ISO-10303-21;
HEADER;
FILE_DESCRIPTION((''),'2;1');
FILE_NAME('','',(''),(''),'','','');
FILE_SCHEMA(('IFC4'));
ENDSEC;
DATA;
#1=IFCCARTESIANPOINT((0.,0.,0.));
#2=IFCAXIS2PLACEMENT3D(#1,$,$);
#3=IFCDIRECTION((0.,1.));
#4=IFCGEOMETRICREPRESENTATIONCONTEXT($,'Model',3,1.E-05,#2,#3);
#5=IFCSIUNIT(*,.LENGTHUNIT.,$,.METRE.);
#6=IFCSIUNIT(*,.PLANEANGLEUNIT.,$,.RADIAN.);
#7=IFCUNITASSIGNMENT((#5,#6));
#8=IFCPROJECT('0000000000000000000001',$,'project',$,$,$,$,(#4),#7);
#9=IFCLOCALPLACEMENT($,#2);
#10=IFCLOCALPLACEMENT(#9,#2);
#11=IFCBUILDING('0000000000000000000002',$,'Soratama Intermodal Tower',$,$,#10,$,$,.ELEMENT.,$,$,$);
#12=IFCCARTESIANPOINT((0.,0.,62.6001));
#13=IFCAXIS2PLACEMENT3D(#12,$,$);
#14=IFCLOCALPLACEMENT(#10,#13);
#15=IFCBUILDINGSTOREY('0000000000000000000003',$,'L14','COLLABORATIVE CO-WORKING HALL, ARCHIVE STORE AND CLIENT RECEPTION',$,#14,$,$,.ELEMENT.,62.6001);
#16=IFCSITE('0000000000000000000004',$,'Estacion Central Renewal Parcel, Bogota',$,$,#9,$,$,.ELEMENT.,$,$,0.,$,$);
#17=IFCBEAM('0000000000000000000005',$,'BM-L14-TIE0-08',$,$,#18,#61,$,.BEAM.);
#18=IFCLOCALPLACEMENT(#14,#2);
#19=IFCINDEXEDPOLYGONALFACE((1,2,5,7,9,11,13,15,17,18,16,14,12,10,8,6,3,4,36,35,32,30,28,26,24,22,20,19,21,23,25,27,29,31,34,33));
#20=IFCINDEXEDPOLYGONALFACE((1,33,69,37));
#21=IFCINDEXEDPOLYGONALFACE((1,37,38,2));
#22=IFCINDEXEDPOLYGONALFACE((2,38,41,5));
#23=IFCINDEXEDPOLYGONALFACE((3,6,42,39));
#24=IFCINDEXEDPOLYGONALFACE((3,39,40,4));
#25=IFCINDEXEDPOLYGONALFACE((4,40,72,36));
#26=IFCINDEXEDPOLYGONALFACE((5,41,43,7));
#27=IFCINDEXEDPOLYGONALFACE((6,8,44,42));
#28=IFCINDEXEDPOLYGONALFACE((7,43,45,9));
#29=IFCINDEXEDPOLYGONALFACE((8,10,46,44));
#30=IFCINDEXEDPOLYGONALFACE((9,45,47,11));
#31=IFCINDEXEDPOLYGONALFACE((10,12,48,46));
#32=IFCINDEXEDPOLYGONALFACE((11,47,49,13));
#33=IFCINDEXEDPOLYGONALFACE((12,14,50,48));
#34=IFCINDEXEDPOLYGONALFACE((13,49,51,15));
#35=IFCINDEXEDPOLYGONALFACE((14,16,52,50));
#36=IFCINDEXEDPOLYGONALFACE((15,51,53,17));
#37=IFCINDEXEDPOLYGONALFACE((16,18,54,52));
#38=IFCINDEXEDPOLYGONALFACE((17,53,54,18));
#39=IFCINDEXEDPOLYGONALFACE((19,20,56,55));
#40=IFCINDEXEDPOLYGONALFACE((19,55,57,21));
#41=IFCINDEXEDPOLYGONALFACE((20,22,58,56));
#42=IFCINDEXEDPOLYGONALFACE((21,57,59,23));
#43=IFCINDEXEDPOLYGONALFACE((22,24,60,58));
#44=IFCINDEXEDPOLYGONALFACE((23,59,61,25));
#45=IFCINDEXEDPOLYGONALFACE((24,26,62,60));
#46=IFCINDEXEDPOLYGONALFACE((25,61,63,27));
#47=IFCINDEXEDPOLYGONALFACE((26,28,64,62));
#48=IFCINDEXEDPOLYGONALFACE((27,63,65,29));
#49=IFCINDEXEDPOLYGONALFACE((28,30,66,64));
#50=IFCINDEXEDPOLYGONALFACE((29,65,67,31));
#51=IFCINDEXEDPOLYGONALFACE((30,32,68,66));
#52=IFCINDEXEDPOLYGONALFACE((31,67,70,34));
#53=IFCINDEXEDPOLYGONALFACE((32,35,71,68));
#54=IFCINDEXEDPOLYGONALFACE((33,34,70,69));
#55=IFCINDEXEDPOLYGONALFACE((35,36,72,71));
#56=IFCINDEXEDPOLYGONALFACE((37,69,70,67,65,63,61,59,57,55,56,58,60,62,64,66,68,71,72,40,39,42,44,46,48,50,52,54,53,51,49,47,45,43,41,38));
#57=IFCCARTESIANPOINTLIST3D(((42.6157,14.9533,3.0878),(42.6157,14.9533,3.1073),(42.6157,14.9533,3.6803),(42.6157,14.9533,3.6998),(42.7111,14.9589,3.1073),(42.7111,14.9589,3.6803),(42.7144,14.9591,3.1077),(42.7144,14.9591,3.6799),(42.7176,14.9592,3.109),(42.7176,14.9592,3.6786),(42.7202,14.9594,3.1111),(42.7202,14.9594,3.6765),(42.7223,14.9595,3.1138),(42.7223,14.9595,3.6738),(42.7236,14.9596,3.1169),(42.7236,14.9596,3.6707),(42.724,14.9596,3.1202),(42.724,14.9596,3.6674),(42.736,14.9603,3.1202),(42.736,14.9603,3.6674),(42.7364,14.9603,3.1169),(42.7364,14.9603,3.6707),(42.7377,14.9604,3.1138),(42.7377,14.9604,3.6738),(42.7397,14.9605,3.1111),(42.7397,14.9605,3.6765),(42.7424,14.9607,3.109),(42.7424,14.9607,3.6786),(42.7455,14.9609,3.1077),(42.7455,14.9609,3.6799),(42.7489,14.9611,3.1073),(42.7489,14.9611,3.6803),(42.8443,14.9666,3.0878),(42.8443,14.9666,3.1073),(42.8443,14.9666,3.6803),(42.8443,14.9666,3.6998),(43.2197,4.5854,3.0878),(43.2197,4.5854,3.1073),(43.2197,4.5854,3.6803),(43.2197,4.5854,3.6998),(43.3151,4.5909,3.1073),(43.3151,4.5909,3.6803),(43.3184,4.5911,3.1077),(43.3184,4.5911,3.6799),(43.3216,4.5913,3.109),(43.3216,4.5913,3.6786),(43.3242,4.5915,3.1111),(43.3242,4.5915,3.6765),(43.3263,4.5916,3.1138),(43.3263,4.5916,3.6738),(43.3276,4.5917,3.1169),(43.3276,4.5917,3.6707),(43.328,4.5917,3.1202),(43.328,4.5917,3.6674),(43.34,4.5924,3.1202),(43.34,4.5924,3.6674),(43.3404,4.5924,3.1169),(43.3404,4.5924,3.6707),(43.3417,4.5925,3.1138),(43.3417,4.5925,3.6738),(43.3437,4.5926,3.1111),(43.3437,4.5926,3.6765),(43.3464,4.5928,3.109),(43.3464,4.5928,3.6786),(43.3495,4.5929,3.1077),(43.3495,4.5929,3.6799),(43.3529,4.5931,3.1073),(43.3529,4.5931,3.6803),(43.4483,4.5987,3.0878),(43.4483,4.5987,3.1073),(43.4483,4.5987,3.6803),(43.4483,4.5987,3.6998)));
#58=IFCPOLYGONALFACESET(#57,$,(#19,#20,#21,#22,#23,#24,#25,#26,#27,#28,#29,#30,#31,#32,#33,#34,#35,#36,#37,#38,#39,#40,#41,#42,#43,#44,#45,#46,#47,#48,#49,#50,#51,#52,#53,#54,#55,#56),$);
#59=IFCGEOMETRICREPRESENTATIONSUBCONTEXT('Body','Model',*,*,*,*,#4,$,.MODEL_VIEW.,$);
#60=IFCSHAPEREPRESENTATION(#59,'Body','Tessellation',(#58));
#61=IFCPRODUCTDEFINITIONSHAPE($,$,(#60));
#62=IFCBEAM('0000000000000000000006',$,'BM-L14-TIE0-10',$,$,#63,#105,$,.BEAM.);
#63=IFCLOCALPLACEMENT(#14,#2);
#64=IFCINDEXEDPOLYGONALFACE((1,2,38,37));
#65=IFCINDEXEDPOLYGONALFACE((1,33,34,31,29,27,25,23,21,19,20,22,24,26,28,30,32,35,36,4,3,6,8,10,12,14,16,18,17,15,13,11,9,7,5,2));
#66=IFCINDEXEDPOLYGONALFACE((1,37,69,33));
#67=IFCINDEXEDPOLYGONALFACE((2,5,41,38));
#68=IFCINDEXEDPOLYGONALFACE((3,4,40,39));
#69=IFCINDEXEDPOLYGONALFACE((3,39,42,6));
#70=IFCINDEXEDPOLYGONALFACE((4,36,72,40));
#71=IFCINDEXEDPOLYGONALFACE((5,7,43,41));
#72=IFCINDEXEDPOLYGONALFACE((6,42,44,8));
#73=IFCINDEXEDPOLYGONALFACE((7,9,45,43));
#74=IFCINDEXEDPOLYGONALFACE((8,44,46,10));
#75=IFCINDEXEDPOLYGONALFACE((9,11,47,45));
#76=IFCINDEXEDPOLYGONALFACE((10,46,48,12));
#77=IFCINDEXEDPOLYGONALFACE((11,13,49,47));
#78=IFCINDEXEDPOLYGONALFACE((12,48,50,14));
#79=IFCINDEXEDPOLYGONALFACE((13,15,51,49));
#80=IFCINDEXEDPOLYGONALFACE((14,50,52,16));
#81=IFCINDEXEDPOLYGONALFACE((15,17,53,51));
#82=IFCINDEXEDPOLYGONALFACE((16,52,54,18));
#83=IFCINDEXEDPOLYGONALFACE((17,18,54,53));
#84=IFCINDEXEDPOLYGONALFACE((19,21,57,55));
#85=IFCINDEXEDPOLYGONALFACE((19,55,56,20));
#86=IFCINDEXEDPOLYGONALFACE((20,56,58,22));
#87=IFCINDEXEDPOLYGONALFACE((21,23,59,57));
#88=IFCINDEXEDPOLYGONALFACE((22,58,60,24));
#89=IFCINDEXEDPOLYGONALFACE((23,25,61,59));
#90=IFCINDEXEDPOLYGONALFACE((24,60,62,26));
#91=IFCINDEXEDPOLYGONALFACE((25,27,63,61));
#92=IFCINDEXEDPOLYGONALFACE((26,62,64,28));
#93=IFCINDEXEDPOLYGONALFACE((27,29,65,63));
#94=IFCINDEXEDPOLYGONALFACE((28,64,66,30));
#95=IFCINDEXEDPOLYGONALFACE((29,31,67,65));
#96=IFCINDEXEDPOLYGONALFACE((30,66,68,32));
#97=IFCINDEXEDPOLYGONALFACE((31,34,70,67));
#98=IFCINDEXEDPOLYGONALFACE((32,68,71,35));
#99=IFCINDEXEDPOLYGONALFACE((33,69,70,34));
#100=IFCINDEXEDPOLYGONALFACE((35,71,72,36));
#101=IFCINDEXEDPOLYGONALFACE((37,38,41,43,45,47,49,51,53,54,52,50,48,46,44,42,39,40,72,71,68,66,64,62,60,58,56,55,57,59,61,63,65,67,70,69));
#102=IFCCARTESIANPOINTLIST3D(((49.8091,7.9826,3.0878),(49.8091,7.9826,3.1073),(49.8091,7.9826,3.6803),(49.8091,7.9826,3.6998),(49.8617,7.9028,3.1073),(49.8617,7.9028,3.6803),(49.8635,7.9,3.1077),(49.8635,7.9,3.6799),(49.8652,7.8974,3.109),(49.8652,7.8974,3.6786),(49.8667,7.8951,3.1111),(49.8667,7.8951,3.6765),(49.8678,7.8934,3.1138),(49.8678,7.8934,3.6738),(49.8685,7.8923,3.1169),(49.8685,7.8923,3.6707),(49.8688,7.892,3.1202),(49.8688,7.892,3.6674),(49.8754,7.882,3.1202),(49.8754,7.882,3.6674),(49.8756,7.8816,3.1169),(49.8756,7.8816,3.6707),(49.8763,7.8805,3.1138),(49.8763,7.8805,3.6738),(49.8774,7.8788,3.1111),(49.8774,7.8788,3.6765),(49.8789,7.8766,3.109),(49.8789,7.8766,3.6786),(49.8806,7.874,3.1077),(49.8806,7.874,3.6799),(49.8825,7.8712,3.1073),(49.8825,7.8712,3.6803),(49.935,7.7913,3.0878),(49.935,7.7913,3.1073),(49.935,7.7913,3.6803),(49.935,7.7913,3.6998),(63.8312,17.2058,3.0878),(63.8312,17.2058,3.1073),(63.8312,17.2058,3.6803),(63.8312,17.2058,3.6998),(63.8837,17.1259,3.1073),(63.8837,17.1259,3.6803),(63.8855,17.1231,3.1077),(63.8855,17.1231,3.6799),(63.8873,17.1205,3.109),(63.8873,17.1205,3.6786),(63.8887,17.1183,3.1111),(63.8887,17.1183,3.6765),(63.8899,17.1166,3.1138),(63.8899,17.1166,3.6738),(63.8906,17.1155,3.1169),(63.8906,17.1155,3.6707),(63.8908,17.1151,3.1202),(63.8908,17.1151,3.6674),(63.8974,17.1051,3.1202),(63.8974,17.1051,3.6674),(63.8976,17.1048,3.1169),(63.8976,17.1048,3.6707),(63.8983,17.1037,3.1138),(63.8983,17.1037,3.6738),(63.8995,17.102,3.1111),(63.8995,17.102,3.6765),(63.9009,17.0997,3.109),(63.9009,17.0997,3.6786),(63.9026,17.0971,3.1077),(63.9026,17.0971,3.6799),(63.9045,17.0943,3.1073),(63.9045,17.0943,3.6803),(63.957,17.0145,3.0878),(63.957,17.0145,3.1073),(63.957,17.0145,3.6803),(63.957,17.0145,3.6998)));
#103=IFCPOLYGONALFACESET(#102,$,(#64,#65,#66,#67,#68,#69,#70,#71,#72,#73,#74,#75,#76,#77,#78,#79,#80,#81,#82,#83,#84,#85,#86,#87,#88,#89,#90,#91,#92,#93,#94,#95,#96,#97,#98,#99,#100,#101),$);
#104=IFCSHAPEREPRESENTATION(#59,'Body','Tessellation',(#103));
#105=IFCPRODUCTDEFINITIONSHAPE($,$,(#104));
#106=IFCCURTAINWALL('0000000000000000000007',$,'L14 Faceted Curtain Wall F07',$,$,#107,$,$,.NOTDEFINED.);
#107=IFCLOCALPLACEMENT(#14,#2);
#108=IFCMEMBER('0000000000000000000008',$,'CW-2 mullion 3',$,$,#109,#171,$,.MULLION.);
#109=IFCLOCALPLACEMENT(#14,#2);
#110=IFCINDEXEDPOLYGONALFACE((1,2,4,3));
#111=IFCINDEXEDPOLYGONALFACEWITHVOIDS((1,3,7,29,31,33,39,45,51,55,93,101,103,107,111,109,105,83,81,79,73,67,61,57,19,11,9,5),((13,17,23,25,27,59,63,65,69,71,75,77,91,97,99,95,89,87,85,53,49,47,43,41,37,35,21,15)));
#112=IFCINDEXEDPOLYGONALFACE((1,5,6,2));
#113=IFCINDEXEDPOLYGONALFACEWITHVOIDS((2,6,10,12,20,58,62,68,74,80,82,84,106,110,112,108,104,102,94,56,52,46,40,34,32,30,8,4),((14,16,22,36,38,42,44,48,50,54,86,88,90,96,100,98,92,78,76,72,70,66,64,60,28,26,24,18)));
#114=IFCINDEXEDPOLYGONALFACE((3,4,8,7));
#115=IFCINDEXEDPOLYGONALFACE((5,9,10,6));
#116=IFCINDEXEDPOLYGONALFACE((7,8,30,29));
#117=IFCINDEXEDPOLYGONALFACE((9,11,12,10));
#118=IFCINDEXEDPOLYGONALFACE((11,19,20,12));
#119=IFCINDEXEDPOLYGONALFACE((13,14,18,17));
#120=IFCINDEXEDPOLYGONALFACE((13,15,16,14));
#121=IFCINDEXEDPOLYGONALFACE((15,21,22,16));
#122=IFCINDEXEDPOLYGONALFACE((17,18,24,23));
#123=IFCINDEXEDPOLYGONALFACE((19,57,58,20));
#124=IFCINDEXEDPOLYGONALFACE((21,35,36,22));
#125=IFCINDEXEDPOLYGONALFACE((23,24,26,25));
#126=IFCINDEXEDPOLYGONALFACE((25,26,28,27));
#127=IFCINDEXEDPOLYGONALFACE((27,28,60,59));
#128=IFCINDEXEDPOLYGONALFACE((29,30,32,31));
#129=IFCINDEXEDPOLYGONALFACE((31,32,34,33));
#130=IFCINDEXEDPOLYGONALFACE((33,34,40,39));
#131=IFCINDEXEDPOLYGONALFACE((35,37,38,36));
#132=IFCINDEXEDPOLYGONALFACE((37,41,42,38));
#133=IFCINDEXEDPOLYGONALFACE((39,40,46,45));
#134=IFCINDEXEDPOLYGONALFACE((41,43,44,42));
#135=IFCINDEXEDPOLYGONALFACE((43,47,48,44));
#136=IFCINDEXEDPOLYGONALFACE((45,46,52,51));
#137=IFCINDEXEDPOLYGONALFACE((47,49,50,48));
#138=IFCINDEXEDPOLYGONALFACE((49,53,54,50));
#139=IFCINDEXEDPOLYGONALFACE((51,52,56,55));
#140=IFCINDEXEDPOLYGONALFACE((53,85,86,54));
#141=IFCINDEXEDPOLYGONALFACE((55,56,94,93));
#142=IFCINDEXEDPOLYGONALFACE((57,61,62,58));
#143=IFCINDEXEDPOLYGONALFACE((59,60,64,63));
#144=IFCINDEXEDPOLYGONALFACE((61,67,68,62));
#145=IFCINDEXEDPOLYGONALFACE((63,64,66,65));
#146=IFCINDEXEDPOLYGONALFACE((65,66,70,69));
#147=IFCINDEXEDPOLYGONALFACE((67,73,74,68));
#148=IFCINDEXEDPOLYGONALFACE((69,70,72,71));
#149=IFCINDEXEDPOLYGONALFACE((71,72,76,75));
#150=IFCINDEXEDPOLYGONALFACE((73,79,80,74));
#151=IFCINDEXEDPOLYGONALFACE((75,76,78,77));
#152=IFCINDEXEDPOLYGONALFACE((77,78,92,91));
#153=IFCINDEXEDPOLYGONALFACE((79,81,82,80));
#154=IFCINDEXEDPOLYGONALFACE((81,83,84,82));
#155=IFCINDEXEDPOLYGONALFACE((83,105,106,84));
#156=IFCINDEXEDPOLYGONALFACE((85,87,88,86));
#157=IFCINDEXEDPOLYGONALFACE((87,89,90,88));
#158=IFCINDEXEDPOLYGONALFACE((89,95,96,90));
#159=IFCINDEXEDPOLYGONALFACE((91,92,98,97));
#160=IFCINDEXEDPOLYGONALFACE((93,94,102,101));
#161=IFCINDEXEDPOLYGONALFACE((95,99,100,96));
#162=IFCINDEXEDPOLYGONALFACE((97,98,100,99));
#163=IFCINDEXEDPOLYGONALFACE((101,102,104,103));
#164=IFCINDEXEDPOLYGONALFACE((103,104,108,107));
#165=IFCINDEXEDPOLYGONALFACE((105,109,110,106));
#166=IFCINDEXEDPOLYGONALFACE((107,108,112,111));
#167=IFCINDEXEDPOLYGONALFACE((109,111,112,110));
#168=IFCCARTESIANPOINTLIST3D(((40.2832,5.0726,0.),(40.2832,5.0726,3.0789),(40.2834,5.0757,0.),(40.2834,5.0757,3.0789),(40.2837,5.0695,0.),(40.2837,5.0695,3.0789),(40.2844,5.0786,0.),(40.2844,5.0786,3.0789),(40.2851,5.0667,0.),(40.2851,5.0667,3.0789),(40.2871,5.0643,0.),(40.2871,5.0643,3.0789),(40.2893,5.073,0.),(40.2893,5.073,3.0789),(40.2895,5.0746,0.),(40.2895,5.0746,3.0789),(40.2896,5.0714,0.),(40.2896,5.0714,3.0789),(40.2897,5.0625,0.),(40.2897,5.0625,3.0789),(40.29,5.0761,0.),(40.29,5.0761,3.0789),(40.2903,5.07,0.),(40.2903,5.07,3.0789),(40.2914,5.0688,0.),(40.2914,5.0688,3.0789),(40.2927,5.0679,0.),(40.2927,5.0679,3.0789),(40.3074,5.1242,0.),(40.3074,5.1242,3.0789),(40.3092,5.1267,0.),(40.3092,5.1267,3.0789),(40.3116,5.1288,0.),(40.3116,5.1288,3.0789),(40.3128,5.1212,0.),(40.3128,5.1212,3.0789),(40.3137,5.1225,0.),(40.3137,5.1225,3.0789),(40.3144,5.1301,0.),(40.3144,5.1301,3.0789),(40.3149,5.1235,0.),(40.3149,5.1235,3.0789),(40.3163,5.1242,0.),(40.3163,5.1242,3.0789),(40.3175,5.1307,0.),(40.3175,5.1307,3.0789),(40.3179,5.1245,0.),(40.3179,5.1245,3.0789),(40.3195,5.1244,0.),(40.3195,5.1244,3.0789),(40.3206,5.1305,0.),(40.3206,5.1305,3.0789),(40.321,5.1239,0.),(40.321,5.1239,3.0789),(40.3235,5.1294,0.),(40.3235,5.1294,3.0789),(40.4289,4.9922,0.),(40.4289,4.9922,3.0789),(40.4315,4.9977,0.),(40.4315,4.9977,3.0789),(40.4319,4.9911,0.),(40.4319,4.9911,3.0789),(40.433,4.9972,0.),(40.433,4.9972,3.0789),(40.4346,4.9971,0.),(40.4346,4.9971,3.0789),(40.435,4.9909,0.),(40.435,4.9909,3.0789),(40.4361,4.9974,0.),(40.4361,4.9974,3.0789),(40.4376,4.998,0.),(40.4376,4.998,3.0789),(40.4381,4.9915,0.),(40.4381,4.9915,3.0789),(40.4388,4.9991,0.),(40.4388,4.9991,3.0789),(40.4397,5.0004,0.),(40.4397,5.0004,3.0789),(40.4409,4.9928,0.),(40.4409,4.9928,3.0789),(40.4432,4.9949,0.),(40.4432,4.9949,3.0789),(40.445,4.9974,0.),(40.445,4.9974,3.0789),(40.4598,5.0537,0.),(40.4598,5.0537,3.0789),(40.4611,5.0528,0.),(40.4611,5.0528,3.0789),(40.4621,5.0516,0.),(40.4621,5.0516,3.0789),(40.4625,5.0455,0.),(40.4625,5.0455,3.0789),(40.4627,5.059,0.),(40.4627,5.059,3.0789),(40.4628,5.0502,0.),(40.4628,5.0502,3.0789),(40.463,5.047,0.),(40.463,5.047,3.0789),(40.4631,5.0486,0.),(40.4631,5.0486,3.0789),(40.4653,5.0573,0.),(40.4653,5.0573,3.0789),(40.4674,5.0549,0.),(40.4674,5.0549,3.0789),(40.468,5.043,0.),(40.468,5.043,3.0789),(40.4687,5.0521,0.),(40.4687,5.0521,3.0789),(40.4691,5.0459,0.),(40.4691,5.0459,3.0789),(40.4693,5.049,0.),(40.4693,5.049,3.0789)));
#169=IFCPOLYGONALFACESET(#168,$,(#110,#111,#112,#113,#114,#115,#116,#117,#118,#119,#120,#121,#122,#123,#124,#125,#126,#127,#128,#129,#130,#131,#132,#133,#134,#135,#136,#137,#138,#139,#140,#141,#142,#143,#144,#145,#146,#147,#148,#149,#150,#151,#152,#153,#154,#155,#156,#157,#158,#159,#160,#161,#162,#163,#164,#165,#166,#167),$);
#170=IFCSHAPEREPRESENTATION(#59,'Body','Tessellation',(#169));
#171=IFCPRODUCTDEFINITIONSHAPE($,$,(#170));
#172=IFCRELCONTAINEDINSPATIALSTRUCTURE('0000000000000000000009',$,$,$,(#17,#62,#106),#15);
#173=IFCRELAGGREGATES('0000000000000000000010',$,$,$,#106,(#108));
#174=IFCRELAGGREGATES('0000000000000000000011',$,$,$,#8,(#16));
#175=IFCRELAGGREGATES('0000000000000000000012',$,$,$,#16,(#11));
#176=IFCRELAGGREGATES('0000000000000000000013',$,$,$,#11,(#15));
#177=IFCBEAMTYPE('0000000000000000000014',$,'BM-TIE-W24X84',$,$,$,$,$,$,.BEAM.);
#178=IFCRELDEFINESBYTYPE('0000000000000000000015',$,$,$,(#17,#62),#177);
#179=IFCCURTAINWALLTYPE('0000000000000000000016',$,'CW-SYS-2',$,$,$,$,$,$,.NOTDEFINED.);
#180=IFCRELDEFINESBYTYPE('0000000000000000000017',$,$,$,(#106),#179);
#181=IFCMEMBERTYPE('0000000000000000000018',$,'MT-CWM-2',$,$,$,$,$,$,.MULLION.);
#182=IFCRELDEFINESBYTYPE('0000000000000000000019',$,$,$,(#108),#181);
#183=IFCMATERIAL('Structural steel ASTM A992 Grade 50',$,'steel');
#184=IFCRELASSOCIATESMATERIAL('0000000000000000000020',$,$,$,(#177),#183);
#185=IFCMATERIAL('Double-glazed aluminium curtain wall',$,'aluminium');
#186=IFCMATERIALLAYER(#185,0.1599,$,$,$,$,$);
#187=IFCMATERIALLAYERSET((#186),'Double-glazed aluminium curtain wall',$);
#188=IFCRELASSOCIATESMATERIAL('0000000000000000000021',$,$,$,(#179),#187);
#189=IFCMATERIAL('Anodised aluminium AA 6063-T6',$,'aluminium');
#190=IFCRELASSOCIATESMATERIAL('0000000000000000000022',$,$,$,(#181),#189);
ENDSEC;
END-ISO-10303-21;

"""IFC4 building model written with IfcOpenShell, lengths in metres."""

from ifc_helpers import new_model, si_unit, direction, frame, origin, origin_2d, place, context, subcontext, project, spatial, hollow_rectangle, i_section, extrude, material, layer, layer_set, material_profile, profile_set, type_object, element, aggregate, save


model = new_model("IFC4")

# Units and contexts
model_context = context("Model", 3, precision=1e-05, world=origin(), true_north=direction((0.0, 1.0)))
body_context = subcontext(model_context, "Body", "Model", "MODEL_VIEW")
ifc_project = project(units=[si_unit("LENGTHUNIT", "METRE"), si_unit("PLANEANGLEUNIT", "RADIAN")], contexts=[model_context])

# Site, building, storey
site_placement = place(None, origin())
site = spatial("IfcSite", under=ifc_project, at=site_placement, Name="Estacion Central Renewal Parcel, Bogota", CompositionType="ELEMENT", RefElevation=0.0)
building_placement = place(site_placement, origin())
building = spatial("IfcBuilding", under=site, at=building_placement, Name="Soratama Intermodal Tower", CompositionType="ELEMENT")
storey_placement = place(building_placement, frame((0.0, 0.0, 62.6001)))
storey = spatial("IfcBuildingStorey", under=building, at=storey_placement, Name="L14", Description="COLLABORATIVE CO-WORKING HALL, ARCHIVE STORE AND CLIENT RECEPTION", CompositionType="ELEMENT", Elevation=62.6001)

# Beams
ifc_material_1 = material(Name="Structural steel ASTM A992 Grade 50", Category="steel")
ifc_material_profile_1 = material_profile(ifc_material_1, i_section(OverallWidth=0.229, OverallDepth=0.6121, WebThickness=0.012, FlangeThickness=0.0195, FilletRadius=0.0129, at=origin_2d()), Name="W24X84")
ifc_profile_set_1 = profile_set([ifc_material_profile_1], Name="Structural steel ASTM A992 Grade 50")
beam_type_1 = type_object("IfcBeamType", Name="BM-TIE-W24X84", PredefinedType="BEAM", material=ifc_profile_set_1)
beam_1_placement = place(storey_placement, frame((42.73, 14.96, 3.3938), z_axis=(0.058158, -0.998307, 0.0), x_axis=(0.998307, 0.058158, 0.0)))
element("IfcBeam", 1, at=beam_1_placement, inside=storey, type_object=beam_type_1, Name="BM-L14-TIE0-08", PredefinedType="BEAM", context=body_context, shape_type="SweptSolid", body=[
    extrude(i_section(OverallWidth=0.229, OverallDepth=0.6121, WebThickness=0.012, FlangeThickness=0.0195, FilletRadius=0.0129, at=origin_2d()), origin(), (0.0, 0.0, 1.0), 10.3855),
])
beam_2_placement = place(storey_placement, frame((49.8721, 7.887, 3.3938), z_axis=(0.835467, 0.54954, 0.0), x_axis=(-0.54954, 0.835467, 0.0)))
element("IfcBeam", 2, at=beam_2_placement, inside=storey, type_object=beam_type_1, Name="BM-L14-TIE0-10", PredefinedType="BEAM", context=body_context, shape_type="SweptSolid", body=[
    extrude(i_section(OverallWidth=0.229, OverallDepth=0.6121, WebThickness=0.012, FlangeThickness=0.0195, FilletRadius=0.0129, at=origin_2d()), origin(), (0.0, 0.0, 1.0), 16.7834),
])

# Curtain wall, member
ifc_material_2 = material(Name="Double-glazed aluminium curtain wall", Category="aluminium")
ifc_layer_1 = layer(ifc_material_2, 0.1599)
ifc_layer_set_1 = layer_set([ifc_layer_1], Name="Double-glazed aluminium curtain wall")
curtain_wall_type = type_object("IfcCurtainWallType", Name="CW-SYS-2", PredefinedType="NOTDEFINED", material=ifc_layer_set_1)
curtain_wall_placement = place(storey_placement, origin())
curtain_wall = element("IfcCurtainWall", 3, at=curtain_wall_placement, inside=storey, type_object=curtain_wall_type, Name="L14 Faceted Curtain Wall F07", PredefinedType="NOTDEFINED")
ifc_material_3 = material(Name="Anodised aluminium AA 6063-T6", Category="aluminium")
ifc_material_profile_2 = material_profile(ifc_material_3, hollow_rectangle(XDim=0.075, YDim=0.1799, WallThickness=0.0061, InnerFilletRadius=0.0061, OuterFilletRadius=0.012, at=origin_2d()), Name="CWM180X75X6")
ifc_profile_set_2 = profile_set([ifc_material_profile_2], Name="Anodised aluminium AA 6063-T6")
member_type = type_object("IfcMemberType", Name="MT-CWM-2", PredefinedType="MULLION", material=ifc_profile_set_2)
member_placement = place(storey_placement, frame((40.3762, 5.0608, 0.0), z_axis=(0.0, 0.0, 1.0), x_axis=(0.451185, 0.892431, 0.0)))
member = element("IfcMember", 4, at=member_placement, type_object=member_type, Name="CW-2 mullion 3", PredefinedType="MULLION", context=body_context, shape_type="SweptSolid", body=[
    extrude(hollow_rectangle(XDim=0.075, YDim=0.1799, WallThickness=0.0061, InnerFilletRadius=0.0061, OuterFilletRadius=0.012, at=origin_2d()), origin(), (0.0, 0.0, 1.0), 3.0789),
])
aggregate(curtain_wall, [member])

save(model, "model.ifc")
